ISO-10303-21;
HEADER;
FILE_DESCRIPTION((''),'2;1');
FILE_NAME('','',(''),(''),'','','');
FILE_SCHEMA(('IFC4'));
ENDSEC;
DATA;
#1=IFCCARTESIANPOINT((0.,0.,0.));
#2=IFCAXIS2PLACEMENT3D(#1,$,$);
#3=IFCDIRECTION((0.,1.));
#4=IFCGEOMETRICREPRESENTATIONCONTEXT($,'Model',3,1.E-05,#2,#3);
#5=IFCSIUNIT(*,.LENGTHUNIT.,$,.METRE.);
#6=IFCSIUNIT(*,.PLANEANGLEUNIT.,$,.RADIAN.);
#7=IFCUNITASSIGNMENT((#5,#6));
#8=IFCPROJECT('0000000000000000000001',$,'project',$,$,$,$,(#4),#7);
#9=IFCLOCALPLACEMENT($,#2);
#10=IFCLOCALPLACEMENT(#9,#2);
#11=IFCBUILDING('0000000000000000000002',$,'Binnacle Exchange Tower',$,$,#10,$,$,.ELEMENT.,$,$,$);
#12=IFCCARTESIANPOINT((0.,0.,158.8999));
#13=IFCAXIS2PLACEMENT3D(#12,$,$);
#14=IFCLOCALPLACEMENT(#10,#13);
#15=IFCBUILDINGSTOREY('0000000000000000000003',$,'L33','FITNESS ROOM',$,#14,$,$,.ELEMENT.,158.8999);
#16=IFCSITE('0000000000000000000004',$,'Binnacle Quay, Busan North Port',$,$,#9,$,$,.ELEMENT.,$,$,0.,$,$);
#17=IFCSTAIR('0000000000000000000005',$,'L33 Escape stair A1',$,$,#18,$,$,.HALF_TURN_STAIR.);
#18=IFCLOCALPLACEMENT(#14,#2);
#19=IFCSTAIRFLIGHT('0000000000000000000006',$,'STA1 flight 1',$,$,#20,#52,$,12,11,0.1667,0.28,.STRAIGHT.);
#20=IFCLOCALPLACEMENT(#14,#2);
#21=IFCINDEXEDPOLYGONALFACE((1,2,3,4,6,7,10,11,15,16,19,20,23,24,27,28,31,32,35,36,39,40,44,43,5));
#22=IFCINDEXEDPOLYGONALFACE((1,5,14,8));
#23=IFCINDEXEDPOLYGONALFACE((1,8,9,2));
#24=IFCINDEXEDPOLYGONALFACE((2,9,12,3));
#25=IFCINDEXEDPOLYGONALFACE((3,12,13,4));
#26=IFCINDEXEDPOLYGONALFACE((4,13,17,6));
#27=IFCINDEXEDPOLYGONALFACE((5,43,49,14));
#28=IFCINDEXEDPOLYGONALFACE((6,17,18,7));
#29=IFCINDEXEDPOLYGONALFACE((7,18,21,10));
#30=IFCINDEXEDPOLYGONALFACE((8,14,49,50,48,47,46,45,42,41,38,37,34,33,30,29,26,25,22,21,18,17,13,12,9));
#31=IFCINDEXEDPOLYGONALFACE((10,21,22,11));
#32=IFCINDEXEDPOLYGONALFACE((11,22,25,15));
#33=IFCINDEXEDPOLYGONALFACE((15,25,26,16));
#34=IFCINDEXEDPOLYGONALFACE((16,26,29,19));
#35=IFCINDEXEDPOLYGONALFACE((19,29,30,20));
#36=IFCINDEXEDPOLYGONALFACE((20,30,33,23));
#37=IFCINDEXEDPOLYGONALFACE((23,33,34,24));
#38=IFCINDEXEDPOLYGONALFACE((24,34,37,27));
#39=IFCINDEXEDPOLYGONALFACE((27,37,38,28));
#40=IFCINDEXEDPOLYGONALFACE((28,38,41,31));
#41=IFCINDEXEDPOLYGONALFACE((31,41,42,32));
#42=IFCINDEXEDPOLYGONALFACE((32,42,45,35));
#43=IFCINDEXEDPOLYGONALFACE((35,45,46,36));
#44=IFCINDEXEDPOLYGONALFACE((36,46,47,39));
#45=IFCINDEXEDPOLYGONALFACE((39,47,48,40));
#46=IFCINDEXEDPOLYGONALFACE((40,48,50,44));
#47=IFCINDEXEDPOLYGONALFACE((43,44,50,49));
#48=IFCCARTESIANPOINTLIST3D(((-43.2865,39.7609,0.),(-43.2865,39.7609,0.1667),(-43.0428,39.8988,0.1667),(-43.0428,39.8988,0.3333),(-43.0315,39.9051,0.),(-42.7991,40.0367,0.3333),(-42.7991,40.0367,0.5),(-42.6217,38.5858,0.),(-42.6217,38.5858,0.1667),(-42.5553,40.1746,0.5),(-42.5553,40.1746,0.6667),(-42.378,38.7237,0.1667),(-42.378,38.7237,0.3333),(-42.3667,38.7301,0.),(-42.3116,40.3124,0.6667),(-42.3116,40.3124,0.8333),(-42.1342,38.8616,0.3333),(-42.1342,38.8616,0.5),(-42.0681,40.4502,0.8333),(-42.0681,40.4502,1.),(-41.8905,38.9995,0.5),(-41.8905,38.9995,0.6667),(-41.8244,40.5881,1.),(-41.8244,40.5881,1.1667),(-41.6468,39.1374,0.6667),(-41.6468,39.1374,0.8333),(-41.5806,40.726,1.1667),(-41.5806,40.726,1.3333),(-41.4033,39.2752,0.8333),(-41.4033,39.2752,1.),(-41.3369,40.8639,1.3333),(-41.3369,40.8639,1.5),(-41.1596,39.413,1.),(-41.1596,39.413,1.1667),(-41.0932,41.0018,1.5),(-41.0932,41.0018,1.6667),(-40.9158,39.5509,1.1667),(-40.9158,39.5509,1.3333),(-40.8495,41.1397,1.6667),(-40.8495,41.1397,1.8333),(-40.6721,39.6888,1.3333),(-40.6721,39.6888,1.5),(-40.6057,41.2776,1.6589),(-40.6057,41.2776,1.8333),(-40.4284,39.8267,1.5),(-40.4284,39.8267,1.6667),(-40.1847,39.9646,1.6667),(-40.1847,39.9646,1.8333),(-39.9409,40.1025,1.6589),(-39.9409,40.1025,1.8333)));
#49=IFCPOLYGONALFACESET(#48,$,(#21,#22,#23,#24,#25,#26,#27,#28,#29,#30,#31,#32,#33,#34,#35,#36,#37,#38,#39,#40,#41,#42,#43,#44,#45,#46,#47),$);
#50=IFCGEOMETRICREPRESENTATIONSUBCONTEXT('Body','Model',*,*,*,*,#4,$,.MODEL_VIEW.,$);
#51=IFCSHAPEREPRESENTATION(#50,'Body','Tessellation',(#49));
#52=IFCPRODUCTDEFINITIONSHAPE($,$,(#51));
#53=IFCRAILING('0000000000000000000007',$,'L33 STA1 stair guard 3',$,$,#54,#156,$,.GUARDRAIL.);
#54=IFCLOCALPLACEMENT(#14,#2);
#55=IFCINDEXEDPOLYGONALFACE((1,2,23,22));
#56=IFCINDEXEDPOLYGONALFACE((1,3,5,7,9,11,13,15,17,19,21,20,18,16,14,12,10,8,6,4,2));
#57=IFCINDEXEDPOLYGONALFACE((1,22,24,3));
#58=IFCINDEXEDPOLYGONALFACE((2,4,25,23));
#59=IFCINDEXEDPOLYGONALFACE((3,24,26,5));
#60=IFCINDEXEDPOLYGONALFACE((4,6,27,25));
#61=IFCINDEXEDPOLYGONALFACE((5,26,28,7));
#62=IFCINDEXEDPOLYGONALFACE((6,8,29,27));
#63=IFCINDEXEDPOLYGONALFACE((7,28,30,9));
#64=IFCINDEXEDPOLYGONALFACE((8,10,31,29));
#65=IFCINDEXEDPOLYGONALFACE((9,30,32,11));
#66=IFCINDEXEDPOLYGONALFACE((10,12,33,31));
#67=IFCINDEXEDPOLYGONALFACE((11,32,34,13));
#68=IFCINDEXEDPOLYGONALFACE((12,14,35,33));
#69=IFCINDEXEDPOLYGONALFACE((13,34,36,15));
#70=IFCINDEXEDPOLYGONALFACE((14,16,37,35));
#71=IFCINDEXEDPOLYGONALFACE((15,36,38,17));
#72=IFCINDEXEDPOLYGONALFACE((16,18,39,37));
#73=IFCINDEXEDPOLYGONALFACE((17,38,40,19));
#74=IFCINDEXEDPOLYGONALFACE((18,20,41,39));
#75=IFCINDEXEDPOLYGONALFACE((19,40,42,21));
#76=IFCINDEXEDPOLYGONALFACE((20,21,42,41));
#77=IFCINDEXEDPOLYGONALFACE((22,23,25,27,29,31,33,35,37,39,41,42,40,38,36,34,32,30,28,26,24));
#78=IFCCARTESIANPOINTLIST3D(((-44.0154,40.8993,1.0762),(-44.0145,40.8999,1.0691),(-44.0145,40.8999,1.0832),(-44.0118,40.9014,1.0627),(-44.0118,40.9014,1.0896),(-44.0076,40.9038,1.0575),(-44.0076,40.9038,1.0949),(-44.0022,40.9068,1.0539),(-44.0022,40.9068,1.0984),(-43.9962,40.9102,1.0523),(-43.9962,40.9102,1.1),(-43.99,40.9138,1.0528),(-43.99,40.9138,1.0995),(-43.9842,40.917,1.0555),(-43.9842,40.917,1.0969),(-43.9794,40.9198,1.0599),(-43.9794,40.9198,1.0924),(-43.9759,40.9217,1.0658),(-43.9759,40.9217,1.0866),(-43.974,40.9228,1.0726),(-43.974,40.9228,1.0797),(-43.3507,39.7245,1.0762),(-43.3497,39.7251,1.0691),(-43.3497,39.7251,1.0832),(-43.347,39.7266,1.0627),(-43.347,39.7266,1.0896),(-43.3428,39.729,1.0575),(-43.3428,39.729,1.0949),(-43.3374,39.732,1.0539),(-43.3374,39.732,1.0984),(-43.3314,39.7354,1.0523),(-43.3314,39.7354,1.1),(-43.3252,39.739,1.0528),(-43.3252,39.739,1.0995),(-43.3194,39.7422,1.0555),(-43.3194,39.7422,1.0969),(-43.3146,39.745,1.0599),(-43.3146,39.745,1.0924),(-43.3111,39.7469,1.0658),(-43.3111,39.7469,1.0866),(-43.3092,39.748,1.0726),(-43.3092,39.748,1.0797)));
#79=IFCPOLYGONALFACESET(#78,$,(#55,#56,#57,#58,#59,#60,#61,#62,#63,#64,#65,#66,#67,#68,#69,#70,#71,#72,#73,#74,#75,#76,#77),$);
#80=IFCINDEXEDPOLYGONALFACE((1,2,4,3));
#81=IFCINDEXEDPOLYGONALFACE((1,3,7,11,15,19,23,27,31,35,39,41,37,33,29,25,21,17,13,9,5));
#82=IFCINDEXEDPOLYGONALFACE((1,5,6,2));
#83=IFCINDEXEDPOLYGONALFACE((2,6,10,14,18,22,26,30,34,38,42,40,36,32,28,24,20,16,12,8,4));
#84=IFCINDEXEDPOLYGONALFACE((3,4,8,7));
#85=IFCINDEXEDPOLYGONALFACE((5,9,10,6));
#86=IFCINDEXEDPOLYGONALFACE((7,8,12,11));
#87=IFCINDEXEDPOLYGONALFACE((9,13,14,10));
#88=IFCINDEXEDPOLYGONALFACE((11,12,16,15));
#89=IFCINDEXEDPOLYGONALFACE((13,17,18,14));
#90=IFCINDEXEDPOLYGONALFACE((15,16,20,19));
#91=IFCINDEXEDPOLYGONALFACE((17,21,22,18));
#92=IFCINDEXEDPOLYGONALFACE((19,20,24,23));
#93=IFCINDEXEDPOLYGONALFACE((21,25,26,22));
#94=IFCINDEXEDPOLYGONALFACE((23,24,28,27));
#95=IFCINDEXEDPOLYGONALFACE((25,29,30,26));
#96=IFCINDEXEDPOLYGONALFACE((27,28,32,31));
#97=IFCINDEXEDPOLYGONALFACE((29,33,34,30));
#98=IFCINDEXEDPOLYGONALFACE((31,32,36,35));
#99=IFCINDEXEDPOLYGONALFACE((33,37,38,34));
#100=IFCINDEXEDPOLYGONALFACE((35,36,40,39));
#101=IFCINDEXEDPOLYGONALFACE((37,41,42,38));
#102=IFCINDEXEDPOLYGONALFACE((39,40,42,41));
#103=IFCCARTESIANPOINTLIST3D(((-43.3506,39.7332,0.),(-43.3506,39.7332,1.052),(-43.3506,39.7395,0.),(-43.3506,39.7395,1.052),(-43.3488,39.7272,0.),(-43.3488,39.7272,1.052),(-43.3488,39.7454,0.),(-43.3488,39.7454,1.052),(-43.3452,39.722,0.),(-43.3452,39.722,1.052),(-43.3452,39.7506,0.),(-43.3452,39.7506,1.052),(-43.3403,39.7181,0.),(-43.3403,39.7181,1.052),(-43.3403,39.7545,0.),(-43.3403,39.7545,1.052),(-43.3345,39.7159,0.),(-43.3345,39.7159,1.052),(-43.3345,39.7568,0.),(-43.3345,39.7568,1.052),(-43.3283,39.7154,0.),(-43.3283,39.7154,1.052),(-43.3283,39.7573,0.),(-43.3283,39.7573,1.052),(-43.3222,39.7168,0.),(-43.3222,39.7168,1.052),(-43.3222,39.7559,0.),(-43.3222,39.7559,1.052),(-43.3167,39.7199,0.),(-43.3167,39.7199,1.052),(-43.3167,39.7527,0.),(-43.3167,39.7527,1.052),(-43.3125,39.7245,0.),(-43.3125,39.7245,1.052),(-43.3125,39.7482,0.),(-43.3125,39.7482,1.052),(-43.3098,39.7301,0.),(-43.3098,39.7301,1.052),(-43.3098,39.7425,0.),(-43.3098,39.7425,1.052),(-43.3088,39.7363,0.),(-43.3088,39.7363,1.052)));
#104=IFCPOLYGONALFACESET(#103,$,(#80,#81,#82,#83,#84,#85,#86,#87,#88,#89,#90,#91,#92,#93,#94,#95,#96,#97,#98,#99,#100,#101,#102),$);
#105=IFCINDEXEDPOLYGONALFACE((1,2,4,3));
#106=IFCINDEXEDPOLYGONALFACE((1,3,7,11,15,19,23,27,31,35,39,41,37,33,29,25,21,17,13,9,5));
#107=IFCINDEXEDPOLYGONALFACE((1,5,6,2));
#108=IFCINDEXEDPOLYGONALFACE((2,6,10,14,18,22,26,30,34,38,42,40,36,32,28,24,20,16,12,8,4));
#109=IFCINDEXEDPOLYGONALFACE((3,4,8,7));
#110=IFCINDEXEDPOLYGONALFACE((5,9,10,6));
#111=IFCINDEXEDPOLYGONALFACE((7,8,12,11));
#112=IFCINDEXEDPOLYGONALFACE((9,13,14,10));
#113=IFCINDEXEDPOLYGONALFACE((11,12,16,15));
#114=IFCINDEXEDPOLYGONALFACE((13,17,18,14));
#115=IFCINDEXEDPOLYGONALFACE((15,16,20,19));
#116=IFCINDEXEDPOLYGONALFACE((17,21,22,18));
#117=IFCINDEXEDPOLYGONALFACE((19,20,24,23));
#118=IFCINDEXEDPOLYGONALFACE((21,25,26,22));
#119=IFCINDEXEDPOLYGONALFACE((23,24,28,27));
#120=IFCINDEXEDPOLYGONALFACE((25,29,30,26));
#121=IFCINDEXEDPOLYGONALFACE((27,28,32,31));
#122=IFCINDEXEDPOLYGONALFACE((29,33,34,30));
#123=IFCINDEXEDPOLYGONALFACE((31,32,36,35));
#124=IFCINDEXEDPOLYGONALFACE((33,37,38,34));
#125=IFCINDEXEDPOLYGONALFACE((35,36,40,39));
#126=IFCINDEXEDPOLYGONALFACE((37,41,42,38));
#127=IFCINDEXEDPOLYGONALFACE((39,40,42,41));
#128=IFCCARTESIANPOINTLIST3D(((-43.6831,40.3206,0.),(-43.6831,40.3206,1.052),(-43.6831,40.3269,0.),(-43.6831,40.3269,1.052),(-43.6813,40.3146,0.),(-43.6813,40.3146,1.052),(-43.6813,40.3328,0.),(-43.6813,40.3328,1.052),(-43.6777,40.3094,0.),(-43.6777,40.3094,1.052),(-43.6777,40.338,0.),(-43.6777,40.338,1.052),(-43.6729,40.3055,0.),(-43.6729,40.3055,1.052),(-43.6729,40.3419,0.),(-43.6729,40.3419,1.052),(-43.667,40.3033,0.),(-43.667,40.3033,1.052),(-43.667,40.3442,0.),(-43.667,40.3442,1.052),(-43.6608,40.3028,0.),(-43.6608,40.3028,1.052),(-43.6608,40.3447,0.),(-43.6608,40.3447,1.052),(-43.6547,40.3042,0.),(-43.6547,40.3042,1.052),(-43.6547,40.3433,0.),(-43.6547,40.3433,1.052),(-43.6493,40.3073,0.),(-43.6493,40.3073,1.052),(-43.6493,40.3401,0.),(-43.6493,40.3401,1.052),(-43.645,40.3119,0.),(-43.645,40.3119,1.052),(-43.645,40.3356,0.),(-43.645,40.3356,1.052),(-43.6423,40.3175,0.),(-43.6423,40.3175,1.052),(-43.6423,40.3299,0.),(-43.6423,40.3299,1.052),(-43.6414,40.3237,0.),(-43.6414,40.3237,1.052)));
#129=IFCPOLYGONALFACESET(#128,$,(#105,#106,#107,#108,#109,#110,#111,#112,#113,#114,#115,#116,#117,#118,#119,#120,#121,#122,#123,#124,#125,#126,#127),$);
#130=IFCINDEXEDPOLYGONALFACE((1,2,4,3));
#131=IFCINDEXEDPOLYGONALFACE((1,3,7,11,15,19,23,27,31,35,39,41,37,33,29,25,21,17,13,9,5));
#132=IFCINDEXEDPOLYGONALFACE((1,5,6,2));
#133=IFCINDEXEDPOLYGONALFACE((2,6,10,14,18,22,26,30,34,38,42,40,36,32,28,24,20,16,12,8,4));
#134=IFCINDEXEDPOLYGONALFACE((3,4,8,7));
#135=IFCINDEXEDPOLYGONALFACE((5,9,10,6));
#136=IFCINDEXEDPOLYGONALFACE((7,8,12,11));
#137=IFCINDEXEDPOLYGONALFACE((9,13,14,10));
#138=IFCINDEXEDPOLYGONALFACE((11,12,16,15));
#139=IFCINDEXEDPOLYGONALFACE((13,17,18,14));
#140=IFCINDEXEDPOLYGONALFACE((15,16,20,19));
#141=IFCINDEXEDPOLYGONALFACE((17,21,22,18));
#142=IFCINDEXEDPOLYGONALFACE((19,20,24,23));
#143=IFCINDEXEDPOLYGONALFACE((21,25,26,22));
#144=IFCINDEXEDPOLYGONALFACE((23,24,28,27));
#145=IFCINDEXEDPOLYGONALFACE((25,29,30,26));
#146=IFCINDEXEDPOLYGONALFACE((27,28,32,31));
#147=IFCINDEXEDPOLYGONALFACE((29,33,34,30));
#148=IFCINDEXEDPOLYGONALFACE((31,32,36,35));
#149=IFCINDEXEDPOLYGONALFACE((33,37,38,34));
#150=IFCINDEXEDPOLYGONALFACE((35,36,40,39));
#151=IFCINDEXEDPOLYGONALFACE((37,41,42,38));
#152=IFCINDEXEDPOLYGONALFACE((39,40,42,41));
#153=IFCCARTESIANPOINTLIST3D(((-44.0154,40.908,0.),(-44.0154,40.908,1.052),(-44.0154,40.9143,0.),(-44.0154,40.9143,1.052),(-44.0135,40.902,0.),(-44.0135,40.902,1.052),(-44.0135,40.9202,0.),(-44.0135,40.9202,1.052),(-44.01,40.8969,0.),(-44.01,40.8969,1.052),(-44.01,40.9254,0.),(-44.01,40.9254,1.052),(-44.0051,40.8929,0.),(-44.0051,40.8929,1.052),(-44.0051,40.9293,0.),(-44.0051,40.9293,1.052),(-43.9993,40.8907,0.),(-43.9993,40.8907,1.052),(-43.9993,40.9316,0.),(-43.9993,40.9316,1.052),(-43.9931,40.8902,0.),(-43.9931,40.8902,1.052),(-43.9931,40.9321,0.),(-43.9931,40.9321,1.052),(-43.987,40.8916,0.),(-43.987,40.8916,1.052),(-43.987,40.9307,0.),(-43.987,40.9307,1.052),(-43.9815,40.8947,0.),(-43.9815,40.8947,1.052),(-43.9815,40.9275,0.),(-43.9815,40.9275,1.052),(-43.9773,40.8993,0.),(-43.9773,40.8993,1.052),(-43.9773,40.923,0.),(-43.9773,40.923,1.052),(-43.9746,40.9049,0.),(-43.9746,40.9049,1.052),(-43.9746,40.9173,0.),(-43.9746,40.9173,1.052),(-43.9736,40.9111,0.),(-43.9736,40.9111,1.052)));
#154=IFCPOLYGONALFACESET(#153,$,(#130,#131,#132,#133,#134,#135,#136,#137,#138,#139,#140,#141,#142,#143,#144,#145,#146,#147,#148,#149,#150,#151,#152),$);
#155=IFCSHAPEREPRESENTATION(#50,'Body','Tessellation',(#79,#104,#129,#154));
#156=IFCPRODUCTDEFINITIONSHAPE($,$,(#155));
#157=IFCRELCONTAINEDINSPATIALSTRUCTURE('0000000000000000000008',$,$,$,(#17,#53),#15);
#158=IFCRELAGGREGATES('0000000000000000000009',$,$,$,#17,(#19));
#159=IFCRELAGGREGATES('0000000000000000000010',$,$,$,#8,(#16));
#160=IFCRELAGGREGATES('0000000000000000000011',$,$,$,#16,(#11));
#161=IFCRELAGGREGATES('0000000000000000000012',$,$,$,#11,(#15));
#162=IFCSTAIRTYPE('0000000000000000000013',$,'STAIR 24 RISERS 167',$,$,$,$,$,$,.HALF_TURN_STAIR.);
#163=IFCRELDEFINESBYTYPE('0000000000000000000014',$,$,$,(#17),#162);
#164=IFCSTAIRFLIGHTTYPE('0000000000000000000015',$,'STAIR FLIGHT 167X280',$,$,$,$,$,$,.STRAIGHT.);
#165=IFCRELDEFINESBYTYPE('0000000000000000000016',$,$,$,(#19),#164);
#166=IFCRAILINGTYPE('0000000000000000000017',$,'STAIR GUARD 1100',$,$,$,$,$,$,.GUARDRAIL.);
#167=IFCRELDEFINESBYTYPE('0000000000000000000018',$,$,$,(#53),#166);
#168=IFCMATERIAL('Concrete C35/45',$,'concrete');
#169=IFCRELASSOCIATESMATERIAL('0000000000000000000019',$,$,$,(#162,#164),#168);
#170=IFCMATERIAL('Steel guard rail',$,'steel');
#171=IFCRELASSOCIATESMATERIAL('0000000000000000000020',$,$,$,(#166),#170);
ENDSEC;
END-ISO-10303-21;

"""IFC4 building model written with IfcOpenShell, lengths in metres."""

from ifc_helpers import new_model, si_unit, direction, frame, origin, origin_2d, place, context, subcontext, project, spatial, polyline, circle, outline, extrude, material, type_object, element, aggregate, save


model = new_model("IFC4")

# Units and contexts
model_context = context("Model", 3, precision=1e-05, world=origin(), true_north=direction((0.0, 1.0)))
body_context = subcontext(model_context, "Body", "Model", "MODEL_VIEW")
ifc_project = project(units=[si_unit("LENGTHUNIT", "METRE"), si_unit("PLANEANGLEUNIT", "RADIAN")], contexts=[model_context])

# Site, building, storey
site_placement = place(None, origin())
site = spatial("IfcSite", under=ifc_project, at=site_placement, Name="Binnacle Quay, Busan North Port", CompositionType="ELEMENT", RefElevation=0.0)
building_placement = place(site_placement, origin())
building = spatial("IfcBuilding", under=site, at=building_placement, Name="Binnacle Exchange Tower", CompositionType="ELEMENT")
storey_placement = place(building_placement, frame((0.0, 0.0, 158.8999)))
storey = spatial("IfcBuildingStorey", under=building, at=storey_placement, Name="L33", Description="FITNESS ROOM", CompositionType="ELEMENT", Elevation=158.8999)

# Stair, stair flight
ifc_material_1 = material(Name="Concrete C35/45", Category="concrete")
stair_type = type_object("IfcStairType", Name="STAIR 24 RISERS 167", PredefinedType="HALF_TURN_STAIR", material=ifc_material_1)
stair_placement = place(storey_placement, origin())
stair = element("IfcStair", 1, at=stair_placement, inside=storey, type_object=stair_type, Name="L33 Escape stair A1", PredefinedType="HALF_TURN_STAIR")
stair_flight_type = type_object("IfcStairFlightType", Name="STAIR FLIGHT 167X280", PredefinedType="STRAIGHT", material=ifc_material_1)
stair_flight_placement = place(storey_placement, frame((-42.9541, 39.1733, 0.0), z_axis=(0.0, 0.0, 1.0), x_axis=(0.870356, 0.492424, 0.0)))
stair_flight = element("IfcStairFlight", 2, at=stair_flight_placement, type_object=stair_flight_type, Name="STA1 flight 1", NumberOfRisers=12, NumberOfTreads=11, PredefinedType="STRAIGHT", RiserHeight=0.1667, TreadLength=0.28, context=body_context, shape_type="SweptSolid", body=[
    extrude(outline(polyline([(0.0, 0.0), (0.0, 0.1667), (0.28, 0.1667), (0.28, 0.3333), (0.5601, 0.3333), (0.5601, 0.5), (0.8401, 0.5), (0.8401, 0.6667), (1.1201, 0.6667), (1.1201, 0.8333), (1.3999, 0.8333), (1.3999, 1.0), (1.6799, 1.0), (1.6799, 1.1667), (1.96, 1.1667), (1.96, 1.3333), (2.24, 1.3333), (2.24, 1.5), (2.52, 1.5), (2.52, 1.6667), (2.8, 1.6667), (2.8, 1.8333), (3.0801, 1.8333), (3.0801, 2.0), (3.0801, 1.6589), (0.293, 0.0), (0.0, 0.0)])), frame((0.0, 0.675, 0.0), z_axis=(0.0, -1.0, 0.0), x_axis=(1.0, 0.0, 0.0)), (0.0, 0.0, 1.0), 1.3501),
])
aggregate(stair, [stair_flight])

# Railing
ifc_material_2 = material(Name="Steel guard rail", Category="steel")
railing_type_1 = type_object("IfcRailingType", Name="STAIR GUARD 1100", PredefinedType="GUARDRAIL", material=ifc_material_2)
railing_1_placement = place(storey_placement, frame((-43.3298, 39.7363, 0.0)))
element("IfcRailing", 3, at=railing_1_placement, inside=storey, type_object=railing_type_1, Name="L33 STA1 stair guard 3", PredefinedType="GUARDRAIL", context=body_context, shape_type="SweptSolid", body=[
    extrude(circle(Radius=0.0239, at=origin_2d()), frame((0.0, 0.0, 1.0762), z_axis=(-0.492492, 0.870317, 0.0), x_axis=(-0.870317, -0.492492, 0.0)), (0.0, 0.0, 1.0), 1.3499),
    extrude(circle(Radius=0.021, at=origin_2d()), origin(), (0.0, 0.0, 1.0), 1.052),
    extrude(circle(Radius=0.021, at=origin_2d()), frame((-0.3325, 0.5874, 0.0)), (0.0, 0.0, 1.0), 1.052),
    extrude(circle(Radius=0.021, at=origin_2d()), frame((-0.6648, 1.1748, 0.0)), (0.0, 0.0, 1.0), 1.052),
])

save(model, "model.ifc")
